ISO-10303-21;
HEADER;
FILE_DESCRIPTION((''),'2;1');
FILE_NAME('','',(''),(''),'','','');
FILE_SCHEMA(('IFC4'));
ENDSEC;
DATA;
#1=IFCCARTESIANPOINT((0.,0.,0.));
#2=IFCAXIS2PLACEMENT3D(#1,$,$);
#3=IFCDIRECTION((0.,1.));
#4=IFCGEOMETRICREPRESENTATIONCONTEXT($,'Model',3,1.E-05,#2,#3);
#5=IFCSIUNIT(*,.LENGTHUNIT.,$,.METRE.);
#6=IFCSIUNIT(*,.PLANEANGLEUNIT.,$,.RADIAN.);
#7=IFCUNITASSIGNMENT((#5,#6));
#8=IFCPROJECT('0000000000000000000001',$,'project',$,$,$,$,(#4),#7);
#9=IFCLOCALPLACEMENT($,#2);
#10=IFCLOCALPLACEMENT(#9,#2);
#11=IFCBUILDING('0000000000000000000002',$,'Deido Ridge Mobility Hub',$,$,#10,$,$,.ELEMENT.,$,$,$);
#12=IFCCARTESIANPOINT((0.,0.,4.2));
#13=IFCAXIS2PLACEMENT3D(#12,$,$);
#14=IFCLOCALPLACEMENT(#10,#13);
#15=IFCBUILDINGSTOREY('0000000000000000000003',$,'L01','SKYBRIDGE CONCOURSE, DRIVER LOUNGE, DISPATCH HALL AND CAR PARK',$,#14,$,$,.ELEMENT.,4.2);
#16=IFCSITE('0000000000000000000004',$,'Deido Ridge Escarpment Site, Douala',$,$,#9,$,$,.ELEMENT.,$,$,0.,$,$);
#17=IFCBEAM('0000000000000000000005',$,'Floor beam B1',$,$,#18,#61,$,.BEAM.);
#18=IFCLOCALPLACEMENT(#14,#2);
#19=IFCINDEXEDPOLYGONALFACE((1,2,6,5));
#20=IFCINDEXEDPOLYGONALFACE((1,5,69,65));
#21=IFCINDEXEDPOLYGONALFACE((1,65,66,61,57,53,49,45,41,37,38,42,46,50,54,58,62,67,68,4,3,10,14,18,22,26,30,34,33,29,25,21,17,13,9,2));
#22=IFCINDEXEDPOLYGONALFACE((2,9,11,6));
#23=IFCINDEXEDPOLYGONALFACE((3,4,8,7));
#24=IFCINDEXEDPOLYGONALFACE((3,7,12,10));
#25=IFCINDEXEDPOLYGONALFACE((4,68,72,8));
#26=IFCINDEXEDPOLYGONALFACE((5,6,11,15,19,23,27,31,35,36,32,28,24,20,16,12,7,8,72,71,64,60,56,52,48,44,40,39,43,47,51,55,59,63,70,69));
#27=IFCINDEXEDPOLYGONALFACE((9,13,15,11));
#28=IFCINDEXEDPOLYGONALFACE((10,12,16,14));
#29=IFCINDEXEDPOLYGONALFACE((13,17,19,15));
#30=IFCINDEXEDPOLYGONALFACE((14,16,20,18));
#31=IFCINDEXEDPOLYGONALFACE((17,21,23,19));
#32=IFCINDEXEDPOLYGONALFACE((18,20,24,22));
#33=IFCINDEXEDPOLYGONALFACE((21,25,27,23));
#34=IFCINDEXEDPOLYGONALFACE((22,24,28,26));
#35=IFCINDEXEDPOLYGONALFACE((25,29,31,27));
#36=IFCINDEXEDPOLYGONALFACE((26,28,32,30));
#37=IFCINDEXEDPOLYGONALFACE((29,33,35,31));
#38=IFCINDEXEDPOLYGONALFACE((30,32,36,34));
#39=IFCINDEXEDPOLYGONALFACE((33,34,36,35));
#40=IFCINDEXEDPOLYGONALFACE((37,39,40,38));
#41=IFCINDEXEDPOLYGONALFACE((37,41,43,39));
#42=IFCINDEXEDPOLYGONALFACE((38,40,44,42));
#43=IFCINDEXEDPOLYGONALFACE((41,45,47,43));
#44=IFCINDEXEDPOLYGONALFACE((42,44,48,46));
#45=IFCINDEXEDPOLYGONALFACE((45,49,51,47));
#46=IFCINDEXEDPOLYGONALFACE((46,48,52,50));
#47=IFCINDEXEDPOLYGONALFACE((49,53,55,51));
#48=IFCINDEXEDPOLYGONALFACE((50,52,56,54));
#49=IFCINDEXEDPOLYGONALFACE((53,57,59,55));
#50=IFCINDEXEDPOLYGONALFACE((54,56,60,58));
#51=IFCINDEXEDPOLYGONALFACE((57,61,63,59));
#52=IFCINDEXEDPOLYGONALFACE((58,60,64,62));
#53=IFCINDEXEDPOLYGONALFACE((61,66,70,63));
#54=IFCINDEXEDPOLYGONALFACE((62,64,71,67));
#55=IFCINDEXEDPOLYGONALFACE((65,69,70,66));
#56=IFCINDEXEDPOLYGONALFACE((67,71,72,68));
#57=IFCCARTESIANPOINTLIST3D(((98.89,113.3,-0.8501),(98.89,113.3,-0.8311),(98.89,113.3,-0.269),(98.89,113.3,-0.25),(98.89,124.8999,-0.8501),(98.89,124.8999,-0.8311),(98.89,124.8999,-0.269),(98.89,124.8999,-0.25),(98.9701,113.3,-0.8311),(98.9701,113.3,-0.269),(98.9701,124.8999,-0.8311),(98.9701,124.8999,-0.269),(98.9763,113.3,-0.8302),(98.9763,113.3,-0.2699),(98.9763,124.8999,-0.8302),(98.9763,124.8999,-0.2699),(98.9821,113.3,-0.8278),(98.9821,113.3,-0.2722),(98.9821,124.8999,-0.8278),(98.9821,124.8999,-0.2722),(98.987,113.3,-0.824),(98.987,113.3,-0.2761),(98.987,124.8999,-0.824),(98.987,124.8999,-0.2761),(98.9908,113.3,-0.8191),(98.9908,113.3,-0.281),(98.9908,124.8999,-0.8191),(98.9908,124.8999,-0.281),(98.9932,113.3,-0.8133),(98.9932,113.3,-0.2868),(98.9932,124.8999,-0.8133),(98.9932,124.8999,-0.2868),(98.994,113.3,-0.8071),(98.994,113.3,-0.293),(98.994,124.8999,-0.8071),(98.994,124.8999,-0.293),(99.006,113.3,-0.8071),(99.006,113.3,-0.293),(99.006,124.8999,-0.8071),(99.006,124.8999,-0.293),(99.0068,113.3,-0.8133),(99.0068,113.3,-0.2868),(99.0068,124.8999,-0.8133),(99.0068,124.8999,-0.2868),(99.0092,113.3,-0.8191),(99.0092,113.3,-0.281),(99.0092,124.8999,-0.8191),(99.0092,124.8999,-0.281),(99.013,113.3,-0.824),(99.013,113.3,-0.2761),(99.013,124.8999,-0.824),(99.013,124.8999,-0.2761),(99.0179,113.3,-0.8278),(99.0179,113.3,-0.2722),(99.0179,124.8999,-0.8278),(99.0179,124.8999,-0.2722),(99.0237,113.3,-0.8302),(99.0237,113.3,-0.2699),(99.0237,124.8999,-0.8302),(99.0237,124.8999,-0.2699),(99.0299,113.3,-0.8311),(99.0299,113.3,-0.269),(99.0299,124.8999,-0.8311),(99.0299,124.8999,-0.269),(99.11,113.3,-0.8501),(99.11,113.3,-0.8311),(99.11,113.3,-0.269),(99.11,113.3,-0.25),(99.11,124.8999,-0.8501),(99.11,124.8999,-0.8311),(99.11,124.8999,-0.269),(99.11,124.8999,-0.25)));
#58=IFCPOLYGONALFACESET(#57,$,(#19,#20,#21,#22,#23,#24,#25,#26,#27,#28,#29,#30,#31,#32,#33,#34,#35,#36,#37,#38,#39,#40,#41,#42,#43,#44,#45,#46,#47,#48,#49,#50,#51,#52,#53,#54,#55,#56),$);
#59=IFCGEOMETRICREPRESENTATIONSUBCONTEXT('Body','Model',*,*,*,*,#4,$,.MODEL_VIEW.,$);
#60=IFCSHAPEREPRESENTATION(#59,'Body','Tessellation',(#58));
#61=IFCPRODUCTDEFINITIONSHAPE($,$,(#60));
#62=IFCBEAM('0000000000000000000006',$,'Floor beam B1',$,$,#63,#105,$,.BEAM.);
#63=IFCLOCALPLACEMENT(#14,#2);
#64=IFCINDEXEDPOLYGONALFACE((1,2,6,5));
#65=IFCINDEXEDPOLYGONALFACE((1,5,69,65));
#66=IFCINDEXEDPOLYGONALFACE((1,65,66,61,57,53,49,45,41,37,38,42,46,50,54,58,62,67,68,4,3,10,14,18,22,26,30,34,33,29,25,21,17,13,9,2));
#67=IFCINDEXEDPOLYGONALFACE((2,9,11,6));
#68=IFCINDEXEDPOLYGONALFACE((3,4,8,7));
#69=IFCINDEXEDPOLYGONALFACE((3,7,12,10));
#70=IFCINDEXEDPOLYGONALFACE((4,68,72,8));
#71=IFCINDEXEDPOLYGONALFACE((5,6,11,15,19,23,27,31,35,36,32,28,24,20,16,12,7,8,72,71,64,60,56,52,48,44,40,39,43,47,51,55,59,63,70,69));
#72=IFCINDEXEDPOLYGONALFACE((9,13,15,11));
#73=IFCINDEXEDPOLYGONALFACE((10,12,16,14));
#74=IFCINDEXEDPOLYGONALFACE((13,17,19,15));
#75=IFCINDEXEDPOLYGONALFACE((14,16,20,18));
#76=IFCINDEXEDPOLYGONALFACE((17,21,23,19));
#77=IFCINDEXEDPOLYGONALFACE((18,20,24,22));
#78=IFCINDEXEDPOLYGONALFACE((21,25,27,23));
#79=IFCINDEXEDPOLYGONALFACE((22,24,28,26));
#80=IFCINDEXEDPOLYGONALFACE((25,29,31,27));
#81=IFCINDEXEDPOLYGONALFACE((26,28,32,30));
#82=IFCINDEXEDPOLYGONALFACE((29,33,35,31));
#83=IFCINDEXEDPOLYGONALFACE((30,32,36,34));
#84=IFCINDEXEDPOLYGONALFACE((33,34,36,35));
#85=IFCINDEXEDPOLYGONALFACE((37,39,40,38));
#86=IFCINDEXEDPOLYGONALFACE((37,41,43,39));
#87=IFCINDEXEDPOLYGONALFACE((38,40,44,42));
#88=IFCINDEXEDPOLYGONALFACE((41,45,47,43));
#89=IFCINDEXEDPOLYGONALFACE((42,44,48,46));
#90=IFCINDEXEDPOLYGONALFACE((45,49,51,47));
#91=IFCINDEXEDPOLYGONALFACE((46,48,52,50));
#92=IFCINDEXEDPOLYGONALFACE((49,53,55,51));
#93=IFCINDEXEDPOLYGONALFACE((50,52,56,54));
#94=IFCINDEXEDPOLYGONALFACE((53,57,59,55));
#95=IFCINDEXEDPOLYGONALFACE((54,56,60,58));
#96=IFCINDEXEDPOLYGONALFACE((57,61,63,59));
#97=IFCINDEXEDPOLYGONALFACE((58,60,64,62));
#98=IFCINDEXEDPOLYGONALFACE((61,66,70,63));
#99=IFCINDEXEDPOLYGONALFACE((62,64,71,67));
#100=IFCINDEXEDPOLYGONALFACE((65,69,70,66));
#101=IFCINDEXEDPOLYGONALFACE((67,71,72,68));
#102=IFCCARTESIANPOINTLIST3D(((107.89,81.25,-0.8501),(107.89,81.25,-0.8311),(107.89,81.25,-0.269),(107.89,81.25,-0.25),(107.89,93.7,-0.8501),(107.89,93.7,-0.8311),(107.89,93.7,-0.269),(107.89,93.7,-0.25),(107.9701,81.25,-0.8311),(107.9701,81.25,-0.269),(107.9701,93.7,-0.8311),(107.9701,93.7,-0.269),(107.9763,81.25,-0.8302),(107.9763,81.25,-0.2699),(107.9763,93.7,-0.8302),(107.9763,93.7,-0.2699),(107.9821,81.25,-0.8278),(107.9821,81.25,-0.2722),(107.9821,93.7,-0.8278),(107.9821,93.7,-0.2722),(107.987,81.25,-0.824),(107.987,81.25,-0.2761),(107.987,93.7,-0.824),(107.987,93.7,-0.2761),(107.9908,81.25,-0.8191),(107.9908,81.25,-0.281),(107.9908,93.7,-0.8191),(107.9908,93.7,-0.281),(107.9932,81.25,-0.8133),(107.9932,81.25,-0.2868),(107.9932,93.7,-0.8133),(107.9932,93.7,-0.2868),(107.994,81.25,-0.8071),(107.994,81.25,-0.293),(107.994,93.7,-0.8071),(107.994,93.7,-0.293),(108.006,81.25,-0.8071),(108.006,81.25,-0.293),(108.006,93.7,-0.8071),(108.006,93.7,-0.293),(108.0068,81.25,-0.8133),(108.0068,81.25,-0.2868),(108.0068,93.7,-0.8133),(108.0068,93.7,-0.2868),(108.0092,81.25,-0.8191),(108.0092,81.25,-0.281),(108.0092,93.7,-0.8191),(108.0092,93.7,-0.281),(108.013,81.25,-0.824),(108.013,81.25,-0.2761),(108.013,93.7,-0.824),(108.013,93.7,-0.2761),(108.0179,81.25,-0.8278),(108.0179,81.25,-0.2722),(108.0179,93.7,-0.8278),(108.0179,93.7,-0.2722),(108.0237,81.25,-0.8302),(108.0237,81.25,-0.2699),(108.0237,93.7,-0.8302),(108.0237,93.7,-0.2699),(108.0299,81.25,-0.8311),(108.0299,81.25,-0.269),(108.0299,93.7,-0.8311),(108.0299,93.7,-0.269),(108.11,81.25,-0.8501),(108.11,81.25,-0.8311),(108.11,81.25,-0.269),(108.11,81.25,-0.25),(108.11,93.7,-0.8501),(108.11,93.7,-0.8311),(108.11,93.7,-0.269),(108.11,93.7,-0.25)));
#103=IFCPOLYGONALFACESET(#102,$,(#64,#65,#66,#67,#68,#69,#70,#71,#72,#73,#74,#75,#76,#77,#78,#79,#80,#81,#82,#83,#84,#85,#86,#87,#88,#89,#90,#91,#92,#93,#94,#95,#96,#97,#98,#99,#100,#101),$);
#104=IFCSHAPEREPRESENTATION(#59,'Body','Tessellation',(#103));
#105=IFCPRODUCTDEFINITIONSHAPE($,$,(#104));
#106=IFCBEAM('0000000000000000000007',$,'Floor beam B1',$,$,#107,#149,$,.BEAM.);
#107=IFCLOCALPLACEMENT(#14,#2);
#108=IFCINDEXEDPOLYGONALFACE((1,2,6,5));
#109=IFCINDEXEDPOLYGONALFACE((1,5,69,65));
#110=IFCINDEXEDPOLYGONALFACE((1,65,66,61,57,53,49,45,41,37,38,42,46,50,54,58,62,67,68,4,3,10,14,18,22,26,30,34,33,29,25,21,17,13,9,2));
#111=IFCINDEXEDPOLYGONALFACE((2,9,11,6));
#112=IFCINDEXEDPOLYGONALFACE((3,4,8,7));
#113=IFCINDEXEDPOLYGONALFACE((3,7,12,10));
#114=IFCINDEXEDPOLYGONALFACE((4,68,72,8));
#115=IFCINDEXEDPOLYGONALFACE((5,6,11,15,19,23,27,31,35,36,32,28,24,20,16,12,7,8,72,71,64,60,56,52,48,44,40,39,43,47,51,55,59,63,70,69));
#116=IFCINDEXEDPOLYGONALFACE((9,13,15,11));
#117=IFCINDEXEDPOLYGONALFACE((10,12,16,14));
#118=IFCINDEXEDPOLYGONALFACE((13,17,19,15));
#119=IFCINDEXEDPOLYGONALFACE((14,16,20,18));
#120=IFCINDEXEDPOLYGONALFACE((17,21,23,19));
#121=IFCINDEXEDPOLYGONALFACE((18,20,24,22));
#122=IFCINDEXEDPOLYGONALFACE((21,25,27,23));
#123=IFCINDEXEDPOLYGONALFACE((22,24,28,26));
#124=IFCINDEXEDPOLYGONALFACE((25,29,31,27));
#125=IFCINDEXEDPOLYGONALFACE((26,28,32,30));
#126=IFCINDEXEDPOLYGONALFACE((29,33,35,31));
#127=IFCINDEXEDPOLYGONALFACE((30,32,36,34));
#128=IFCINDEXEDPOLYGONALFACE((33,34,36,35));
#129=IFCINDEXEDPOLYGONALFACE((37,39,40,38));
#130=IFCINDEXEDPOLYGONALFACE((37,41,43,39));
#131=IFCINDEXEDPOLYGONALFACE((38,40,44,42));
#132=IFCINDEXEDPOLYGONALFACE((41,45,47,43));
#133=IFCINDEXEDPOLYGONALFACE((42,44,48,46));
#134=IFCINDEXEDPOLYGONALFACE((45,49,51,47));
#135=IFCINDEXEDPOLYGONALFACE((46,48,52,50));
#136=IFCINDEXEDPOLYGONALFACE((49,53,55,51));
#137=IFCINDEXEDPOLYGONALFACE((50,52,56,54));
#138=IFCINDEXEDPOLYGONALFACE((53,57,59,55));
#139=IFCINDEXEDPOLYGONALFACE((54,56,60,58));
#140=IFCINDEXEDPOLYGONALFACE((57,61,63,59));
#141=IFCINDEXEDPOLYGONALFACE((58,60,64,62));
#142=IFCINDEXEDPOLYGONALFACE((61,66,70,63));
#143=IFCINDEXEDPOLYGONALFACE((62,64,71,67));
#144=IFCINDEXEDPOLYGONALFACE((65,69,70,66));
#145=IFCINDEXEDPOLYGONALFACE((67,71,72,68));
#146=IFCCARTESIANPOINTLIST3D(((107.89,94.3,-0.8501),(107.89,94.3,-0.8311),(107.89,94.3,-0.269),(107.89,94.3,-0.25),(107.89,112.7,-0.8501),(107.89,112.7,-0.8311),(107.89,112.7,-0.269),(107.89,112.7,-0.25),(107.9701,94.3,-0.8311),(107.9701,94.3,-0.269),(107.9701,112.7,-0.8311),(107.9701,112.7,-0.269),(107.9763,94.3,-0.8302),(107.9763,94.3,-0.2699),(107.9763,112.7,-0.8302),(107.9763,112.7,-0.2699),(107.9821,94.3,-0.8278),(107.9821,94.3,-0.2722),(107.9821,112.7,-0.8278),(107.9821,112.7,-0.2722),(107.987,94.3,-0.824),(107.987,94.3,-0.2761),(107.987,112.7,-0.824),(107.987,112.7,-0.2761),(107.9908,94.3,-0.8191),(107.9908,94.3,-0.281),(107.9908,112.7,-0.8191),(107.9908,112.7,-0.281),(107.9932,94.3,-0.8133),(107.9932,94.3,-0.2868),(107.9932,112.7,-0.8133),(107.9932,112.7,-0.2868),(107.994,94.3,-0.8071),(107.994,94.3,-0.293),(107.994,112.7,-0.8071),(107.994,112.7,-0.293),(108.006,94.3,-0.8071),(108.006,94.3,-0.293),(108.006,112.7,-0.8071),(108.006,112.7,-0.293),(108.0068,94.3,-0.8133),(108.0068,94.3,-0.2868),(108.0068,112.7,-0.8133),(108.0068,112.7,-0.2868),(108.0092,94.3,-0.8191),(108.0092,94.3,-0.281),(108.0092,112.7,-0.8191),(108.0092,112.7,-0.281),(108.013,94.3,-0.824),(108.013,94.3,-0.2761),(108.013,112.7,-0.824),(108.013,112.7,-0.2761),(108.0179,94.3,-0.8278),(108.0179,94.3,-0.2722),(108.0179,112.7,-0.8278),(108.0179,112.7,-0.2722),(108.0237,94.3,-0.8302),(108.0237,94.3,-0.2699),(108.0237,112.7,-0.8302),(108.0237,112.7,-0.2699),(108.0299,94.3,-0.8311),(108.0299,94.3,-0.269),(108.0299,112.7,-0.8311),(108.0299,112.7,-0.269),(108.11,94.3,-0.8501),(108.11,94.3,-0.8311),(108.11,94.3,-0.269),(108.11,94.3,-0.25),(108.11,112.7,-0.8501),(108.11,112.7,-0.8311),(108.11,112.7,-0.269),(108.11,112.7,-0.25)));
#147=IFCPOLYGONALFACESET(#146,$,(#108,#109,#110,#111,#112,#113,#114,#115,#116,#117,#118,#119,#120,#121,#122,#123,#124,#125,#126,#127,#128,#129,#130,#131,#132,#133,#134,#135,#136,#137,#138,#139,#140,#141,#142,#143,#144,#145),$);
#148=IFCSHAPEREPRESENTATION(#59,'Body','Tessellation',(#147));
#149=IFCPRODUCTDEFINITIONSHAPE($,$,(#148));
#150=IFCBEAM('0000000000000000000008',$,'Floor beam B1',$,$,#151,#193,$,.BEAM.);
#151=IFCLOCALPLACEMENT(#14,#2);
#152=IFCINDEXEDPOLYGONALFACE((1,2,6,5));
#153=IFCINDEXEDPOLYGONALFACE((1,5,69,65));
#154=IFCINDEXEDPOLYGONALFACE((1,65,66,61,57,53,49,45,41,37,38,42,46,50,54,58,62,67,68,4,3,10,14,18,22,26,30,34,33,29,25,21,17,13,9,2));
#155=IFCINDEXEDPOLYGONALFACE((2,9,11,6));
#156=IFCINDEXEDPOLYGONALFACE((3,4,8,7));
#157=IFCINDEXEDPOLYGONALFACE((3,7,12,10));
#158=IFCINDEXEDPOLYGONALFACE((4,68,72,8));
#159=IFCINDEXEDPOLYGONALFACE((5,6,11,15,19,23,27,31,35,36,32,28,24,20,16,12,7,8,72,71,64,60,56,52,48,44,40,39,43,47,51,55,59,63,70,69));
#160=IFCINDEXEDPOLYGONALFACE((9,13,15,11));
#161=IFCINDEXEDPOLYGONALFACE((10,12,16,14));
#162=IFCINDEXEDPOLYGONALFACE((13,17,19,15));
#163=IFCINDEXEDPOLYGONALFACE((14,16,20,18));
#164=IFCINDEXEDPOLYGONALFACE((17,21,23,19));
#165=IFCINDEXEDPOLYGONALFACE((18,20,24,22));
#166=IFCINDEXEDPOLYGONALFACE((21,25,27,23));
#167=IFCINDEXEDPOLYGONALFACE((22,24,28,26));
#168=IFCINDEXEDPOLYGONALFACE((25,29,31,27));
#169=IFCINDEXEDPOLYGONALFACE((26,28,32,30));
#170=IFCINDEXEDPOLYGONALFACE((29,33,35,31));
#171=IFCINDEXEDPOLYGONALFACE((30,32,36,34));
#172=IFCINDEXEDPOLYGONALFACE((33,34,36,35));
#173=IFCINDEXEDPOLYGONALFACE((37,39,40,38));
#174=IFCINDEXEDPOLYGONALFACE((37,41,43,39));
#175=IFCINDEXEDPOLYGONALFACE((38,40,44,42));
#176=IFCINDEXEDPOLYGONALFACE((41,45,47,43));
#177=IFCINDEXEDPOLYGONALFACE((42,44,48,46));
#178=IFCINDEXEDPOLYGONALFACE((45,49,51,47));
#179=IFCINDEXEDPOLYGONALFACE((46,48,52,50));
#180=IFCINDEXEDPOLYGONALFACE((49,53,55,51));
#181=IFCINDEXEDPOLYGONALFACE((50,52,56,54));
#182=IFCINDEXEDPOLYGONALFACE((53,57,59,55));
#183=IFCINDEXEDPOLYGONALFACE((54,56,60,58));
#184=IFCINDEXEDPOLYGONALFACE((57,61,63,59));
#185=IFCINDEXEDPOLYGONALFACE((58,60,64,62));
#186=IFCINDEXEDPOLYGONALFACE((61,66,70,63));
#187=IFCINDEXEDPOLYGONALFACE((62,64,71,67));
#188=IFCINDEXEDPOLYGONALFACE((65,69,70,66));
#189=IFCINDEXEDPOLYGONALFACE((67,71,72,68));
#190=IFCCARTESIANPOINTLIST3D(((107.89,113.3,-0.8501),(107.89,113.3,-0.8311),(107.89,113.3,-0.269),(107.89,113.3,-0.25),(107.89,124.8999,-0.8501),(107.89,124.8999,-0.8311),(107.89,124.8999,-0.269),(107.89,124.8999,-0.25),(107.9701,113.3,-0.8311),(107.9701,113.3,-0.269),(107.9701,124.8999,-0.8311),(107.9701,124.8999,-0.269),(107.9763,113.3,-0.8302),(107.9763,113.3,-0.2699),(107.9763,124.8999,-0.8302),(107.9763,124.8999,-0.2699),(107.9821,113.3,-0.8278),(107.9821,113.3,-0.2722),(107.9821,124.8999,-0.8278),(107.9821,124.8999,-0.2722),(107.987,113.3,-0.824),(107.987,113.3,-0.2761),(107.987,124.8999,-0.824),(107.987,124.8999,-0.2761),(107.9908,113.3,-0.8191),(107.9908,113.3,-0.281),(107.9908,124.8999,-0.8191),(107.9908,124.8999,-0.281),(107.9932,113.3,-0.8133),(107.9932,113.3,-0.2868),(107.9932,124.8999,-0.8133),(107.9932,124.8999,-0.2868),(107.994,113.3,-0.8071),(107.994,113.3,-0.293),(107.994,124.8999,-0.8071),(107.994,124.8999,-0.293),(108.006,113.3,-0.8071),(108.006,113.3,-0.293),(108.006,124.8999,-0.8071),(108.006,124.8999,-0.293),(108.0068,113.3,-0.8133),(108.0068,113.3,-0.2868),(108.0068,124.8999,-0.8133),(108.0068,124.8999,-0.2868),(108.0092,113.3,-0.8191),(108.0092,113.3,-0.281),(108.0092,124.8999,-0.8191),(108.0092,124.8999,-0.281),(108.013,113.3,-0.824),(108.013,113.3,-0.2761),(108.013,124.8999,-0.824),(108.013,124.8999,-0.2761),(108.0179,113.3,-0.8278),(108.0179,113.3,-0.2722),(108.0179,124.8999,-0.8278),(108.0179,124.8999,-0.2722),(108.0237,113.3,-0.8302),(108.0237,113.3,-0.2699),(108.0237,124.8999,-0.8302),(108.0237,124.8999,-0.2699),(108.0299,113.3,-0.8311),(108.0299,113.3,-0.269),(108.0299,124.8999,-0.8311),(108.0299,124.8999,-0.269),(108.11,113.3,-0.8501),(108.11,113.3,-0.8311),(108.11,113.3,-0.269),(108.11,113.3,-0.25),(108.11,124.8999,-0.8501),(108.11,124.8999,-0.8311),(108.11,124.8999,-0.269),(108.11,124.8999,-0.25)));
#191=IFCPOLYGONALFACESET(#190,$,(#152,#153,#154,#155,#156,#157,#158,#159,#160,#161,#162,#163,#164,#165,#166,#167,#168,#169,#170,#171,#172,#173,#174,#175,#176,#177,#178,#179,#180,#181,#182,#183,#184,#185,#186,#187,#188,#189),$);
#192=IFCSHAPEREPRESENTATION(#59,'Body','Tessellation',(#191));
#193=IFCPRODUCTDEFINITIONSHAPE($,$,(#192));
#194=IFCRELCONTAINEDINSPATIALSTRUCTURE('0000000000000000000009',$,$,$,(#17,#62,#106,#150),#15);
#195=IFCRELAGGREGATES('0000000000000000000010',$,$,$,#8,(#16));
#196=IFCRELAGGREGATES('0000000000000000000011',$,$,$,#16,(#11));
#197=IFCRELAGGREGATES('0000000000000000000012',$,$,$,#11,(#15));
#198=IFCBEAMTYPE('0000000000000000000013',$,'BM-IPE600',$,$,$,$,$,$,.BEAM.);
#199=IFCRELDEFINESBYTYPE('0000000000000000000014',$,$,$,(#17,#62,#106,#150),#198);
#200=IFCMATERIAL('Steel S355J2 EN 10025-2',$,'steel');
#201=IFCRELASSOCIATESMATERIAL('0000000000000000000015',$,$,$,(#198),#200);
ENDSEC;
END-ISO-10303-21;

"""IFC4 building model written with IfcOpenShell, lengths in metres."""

from ifc_helpers import new_model, si_unit, direction, frame, origin, origin_2d, place, context, subcontext, project, spatial, i_section, extrude, material, material_profile, profile_set, type_object, element, save


model = new_model("IFC4")

# Units and contexts
model_context = context("Model", 3, precision=1e-05, world=origin(), true_north=direction((0.0, 1.0)))
body_context = subcontext(model_context, "Body", "Model", "MODEL_VIEW")
ifc_project = project(units=[si_unit("LENGTHUNIT", "METRE"), si_unit("PLANEANGLEUNIT", "RADIAN")], contexts=[model_context])

# Site, building, storey
site_placement = place(None, origin())
site = spatial("IfcSite", under=ifc_project, at=site_placement, Name="Deido Ridge Escarpment Site, Douala", CompositionType="ELEMENT", RefElevation=0.0)
building_placement = place(site_placement, origin())
building = spatial("IfcBuilding", under=site, at=building_placement, Name="Deido Ridge Mobility Hub", CompositionType="ELEMENT")
storey_placement = place(building_placement, frame((0.0, 0.0, 4.2)))
storey = spatial("IfcBuildingStorey", under=building, at=storey_placement, Name="L01", Description="SKYBRIDGE CONCOURSE, DRIVER LOUNGE, DISPATCH HALL AND CAR PARK", CompositionType="ELEMENT", Elevation=4.2)

# Shared definitions
ifc_material_1 = material(Name="Steel S355J2 EN 10025-2", Category="steel")

# Beams
ifc_material_profile_1 = material_profile(ifc_material_1, i_section(OverallWidth=0.22, OverallDepth=0.6001, WebThickness=0.012, FlangeThickness=0.019, FilletRadius=0.0239, at=origin_2d()), Name="IPE 600")
ifc_profile_set_1 = profile_set([ifc_material_profile_1], Name="Steel S355J2 EN 10025-2")
beam_type_1 = type_object("IfcBeamType", Name="BM-IPE600", PredefinedType="BEAM", material=ifc_profile_set_1)
beam_1_placement = place(storey_placement, frame((99.0, 113.3, -0.55), z_axis=(0.0, 1.0, 0.0), x_axis=(-1.0, 0.0, 0.0)))
element("IfcBeam", 1, at=beam_1_placement, inside=storey, type_object=beam_type_1, Name="Floor beam B1", PredefinedType="BEAM", context=body_context, shape_type="SweptSolid", body=[
    extrude(i_section(OverallWidth=0.22, OverallDepth=0.6001, WebThickness=0.012, FlangeThickness=0.019, FilletRadius=0.0239, at=origin_2d()), origin(), (0.0, 0.0, 1.0), 11.5999),
])
beam_2_placement = place(storey_placement, frame((108.0, 81.25, -0.55), z_axis=(0.0, 1.0, 0.0), x_axis=(-1.0, 0.0, 0.0)))
element("IfcBeam", 2, at=beam_2_placement, inside=storey, type_object=beam_type_1, Name="Floor beam B1", PredefinedType="BEAM", context=body_context, shape_type="SweptSolid", body=[
    extrude(i_section(OverallWidth=0.22, OverallDepth=0.6001, WebThickness=0.012, FlangeThickness=0.019, FilletRadius=0.0239, at=origin_2d()), origin(), (0.0, 0.0, 1.0), 12.45),
])
beam_3_placement = place(storey_placement, frame((108.0, 94.3, -0.55), z_axis=(0.0, 1.0, 0.0), x_axis=(-1.0, 0.0, 0.0)))
element("IfcBeam", 3, at=beam_3_placement, inside=storey, type_object=beam_type_1, Name="Floor beam B1", PredefinedType="BEAM", context=body_context, shape_type="SweptSolid", body=[
    extrude(i_section(OverallWidth=0.22, OverallDepth=0.6001, WebThickness=0.012, FlangeThickness=0.019, FilletRadius=0.0239, at=origin_2d()), origin(), (0.0, 0.0, 1.0), 18.3999),
])
beam_4_placement = place(storey_placement, frame((108.0, 113.3, -0.55), z_axis=(0.0, 1.0, 0.0), x_axis=(-1.0, 0.0, 0.0)))
element("IfcBeam", 4, at=beam_4_placement, inside=storey, type_object=beam_type_1, Name="Floor beam B1", PredefinedType="BEAM", context=body_context, shape_type="SweptSolid", body=[
    extrude(i_section(OverallWidth=0.22, OverallDepth=0.6001, WebThickness=0.012, FlangeThickness=0.019, FilletRadius=0.0239, at=origin_2d()), origin(), (0.0, 0.0, 1.0), 11.5999),
])

save(model, "model.ifc")
